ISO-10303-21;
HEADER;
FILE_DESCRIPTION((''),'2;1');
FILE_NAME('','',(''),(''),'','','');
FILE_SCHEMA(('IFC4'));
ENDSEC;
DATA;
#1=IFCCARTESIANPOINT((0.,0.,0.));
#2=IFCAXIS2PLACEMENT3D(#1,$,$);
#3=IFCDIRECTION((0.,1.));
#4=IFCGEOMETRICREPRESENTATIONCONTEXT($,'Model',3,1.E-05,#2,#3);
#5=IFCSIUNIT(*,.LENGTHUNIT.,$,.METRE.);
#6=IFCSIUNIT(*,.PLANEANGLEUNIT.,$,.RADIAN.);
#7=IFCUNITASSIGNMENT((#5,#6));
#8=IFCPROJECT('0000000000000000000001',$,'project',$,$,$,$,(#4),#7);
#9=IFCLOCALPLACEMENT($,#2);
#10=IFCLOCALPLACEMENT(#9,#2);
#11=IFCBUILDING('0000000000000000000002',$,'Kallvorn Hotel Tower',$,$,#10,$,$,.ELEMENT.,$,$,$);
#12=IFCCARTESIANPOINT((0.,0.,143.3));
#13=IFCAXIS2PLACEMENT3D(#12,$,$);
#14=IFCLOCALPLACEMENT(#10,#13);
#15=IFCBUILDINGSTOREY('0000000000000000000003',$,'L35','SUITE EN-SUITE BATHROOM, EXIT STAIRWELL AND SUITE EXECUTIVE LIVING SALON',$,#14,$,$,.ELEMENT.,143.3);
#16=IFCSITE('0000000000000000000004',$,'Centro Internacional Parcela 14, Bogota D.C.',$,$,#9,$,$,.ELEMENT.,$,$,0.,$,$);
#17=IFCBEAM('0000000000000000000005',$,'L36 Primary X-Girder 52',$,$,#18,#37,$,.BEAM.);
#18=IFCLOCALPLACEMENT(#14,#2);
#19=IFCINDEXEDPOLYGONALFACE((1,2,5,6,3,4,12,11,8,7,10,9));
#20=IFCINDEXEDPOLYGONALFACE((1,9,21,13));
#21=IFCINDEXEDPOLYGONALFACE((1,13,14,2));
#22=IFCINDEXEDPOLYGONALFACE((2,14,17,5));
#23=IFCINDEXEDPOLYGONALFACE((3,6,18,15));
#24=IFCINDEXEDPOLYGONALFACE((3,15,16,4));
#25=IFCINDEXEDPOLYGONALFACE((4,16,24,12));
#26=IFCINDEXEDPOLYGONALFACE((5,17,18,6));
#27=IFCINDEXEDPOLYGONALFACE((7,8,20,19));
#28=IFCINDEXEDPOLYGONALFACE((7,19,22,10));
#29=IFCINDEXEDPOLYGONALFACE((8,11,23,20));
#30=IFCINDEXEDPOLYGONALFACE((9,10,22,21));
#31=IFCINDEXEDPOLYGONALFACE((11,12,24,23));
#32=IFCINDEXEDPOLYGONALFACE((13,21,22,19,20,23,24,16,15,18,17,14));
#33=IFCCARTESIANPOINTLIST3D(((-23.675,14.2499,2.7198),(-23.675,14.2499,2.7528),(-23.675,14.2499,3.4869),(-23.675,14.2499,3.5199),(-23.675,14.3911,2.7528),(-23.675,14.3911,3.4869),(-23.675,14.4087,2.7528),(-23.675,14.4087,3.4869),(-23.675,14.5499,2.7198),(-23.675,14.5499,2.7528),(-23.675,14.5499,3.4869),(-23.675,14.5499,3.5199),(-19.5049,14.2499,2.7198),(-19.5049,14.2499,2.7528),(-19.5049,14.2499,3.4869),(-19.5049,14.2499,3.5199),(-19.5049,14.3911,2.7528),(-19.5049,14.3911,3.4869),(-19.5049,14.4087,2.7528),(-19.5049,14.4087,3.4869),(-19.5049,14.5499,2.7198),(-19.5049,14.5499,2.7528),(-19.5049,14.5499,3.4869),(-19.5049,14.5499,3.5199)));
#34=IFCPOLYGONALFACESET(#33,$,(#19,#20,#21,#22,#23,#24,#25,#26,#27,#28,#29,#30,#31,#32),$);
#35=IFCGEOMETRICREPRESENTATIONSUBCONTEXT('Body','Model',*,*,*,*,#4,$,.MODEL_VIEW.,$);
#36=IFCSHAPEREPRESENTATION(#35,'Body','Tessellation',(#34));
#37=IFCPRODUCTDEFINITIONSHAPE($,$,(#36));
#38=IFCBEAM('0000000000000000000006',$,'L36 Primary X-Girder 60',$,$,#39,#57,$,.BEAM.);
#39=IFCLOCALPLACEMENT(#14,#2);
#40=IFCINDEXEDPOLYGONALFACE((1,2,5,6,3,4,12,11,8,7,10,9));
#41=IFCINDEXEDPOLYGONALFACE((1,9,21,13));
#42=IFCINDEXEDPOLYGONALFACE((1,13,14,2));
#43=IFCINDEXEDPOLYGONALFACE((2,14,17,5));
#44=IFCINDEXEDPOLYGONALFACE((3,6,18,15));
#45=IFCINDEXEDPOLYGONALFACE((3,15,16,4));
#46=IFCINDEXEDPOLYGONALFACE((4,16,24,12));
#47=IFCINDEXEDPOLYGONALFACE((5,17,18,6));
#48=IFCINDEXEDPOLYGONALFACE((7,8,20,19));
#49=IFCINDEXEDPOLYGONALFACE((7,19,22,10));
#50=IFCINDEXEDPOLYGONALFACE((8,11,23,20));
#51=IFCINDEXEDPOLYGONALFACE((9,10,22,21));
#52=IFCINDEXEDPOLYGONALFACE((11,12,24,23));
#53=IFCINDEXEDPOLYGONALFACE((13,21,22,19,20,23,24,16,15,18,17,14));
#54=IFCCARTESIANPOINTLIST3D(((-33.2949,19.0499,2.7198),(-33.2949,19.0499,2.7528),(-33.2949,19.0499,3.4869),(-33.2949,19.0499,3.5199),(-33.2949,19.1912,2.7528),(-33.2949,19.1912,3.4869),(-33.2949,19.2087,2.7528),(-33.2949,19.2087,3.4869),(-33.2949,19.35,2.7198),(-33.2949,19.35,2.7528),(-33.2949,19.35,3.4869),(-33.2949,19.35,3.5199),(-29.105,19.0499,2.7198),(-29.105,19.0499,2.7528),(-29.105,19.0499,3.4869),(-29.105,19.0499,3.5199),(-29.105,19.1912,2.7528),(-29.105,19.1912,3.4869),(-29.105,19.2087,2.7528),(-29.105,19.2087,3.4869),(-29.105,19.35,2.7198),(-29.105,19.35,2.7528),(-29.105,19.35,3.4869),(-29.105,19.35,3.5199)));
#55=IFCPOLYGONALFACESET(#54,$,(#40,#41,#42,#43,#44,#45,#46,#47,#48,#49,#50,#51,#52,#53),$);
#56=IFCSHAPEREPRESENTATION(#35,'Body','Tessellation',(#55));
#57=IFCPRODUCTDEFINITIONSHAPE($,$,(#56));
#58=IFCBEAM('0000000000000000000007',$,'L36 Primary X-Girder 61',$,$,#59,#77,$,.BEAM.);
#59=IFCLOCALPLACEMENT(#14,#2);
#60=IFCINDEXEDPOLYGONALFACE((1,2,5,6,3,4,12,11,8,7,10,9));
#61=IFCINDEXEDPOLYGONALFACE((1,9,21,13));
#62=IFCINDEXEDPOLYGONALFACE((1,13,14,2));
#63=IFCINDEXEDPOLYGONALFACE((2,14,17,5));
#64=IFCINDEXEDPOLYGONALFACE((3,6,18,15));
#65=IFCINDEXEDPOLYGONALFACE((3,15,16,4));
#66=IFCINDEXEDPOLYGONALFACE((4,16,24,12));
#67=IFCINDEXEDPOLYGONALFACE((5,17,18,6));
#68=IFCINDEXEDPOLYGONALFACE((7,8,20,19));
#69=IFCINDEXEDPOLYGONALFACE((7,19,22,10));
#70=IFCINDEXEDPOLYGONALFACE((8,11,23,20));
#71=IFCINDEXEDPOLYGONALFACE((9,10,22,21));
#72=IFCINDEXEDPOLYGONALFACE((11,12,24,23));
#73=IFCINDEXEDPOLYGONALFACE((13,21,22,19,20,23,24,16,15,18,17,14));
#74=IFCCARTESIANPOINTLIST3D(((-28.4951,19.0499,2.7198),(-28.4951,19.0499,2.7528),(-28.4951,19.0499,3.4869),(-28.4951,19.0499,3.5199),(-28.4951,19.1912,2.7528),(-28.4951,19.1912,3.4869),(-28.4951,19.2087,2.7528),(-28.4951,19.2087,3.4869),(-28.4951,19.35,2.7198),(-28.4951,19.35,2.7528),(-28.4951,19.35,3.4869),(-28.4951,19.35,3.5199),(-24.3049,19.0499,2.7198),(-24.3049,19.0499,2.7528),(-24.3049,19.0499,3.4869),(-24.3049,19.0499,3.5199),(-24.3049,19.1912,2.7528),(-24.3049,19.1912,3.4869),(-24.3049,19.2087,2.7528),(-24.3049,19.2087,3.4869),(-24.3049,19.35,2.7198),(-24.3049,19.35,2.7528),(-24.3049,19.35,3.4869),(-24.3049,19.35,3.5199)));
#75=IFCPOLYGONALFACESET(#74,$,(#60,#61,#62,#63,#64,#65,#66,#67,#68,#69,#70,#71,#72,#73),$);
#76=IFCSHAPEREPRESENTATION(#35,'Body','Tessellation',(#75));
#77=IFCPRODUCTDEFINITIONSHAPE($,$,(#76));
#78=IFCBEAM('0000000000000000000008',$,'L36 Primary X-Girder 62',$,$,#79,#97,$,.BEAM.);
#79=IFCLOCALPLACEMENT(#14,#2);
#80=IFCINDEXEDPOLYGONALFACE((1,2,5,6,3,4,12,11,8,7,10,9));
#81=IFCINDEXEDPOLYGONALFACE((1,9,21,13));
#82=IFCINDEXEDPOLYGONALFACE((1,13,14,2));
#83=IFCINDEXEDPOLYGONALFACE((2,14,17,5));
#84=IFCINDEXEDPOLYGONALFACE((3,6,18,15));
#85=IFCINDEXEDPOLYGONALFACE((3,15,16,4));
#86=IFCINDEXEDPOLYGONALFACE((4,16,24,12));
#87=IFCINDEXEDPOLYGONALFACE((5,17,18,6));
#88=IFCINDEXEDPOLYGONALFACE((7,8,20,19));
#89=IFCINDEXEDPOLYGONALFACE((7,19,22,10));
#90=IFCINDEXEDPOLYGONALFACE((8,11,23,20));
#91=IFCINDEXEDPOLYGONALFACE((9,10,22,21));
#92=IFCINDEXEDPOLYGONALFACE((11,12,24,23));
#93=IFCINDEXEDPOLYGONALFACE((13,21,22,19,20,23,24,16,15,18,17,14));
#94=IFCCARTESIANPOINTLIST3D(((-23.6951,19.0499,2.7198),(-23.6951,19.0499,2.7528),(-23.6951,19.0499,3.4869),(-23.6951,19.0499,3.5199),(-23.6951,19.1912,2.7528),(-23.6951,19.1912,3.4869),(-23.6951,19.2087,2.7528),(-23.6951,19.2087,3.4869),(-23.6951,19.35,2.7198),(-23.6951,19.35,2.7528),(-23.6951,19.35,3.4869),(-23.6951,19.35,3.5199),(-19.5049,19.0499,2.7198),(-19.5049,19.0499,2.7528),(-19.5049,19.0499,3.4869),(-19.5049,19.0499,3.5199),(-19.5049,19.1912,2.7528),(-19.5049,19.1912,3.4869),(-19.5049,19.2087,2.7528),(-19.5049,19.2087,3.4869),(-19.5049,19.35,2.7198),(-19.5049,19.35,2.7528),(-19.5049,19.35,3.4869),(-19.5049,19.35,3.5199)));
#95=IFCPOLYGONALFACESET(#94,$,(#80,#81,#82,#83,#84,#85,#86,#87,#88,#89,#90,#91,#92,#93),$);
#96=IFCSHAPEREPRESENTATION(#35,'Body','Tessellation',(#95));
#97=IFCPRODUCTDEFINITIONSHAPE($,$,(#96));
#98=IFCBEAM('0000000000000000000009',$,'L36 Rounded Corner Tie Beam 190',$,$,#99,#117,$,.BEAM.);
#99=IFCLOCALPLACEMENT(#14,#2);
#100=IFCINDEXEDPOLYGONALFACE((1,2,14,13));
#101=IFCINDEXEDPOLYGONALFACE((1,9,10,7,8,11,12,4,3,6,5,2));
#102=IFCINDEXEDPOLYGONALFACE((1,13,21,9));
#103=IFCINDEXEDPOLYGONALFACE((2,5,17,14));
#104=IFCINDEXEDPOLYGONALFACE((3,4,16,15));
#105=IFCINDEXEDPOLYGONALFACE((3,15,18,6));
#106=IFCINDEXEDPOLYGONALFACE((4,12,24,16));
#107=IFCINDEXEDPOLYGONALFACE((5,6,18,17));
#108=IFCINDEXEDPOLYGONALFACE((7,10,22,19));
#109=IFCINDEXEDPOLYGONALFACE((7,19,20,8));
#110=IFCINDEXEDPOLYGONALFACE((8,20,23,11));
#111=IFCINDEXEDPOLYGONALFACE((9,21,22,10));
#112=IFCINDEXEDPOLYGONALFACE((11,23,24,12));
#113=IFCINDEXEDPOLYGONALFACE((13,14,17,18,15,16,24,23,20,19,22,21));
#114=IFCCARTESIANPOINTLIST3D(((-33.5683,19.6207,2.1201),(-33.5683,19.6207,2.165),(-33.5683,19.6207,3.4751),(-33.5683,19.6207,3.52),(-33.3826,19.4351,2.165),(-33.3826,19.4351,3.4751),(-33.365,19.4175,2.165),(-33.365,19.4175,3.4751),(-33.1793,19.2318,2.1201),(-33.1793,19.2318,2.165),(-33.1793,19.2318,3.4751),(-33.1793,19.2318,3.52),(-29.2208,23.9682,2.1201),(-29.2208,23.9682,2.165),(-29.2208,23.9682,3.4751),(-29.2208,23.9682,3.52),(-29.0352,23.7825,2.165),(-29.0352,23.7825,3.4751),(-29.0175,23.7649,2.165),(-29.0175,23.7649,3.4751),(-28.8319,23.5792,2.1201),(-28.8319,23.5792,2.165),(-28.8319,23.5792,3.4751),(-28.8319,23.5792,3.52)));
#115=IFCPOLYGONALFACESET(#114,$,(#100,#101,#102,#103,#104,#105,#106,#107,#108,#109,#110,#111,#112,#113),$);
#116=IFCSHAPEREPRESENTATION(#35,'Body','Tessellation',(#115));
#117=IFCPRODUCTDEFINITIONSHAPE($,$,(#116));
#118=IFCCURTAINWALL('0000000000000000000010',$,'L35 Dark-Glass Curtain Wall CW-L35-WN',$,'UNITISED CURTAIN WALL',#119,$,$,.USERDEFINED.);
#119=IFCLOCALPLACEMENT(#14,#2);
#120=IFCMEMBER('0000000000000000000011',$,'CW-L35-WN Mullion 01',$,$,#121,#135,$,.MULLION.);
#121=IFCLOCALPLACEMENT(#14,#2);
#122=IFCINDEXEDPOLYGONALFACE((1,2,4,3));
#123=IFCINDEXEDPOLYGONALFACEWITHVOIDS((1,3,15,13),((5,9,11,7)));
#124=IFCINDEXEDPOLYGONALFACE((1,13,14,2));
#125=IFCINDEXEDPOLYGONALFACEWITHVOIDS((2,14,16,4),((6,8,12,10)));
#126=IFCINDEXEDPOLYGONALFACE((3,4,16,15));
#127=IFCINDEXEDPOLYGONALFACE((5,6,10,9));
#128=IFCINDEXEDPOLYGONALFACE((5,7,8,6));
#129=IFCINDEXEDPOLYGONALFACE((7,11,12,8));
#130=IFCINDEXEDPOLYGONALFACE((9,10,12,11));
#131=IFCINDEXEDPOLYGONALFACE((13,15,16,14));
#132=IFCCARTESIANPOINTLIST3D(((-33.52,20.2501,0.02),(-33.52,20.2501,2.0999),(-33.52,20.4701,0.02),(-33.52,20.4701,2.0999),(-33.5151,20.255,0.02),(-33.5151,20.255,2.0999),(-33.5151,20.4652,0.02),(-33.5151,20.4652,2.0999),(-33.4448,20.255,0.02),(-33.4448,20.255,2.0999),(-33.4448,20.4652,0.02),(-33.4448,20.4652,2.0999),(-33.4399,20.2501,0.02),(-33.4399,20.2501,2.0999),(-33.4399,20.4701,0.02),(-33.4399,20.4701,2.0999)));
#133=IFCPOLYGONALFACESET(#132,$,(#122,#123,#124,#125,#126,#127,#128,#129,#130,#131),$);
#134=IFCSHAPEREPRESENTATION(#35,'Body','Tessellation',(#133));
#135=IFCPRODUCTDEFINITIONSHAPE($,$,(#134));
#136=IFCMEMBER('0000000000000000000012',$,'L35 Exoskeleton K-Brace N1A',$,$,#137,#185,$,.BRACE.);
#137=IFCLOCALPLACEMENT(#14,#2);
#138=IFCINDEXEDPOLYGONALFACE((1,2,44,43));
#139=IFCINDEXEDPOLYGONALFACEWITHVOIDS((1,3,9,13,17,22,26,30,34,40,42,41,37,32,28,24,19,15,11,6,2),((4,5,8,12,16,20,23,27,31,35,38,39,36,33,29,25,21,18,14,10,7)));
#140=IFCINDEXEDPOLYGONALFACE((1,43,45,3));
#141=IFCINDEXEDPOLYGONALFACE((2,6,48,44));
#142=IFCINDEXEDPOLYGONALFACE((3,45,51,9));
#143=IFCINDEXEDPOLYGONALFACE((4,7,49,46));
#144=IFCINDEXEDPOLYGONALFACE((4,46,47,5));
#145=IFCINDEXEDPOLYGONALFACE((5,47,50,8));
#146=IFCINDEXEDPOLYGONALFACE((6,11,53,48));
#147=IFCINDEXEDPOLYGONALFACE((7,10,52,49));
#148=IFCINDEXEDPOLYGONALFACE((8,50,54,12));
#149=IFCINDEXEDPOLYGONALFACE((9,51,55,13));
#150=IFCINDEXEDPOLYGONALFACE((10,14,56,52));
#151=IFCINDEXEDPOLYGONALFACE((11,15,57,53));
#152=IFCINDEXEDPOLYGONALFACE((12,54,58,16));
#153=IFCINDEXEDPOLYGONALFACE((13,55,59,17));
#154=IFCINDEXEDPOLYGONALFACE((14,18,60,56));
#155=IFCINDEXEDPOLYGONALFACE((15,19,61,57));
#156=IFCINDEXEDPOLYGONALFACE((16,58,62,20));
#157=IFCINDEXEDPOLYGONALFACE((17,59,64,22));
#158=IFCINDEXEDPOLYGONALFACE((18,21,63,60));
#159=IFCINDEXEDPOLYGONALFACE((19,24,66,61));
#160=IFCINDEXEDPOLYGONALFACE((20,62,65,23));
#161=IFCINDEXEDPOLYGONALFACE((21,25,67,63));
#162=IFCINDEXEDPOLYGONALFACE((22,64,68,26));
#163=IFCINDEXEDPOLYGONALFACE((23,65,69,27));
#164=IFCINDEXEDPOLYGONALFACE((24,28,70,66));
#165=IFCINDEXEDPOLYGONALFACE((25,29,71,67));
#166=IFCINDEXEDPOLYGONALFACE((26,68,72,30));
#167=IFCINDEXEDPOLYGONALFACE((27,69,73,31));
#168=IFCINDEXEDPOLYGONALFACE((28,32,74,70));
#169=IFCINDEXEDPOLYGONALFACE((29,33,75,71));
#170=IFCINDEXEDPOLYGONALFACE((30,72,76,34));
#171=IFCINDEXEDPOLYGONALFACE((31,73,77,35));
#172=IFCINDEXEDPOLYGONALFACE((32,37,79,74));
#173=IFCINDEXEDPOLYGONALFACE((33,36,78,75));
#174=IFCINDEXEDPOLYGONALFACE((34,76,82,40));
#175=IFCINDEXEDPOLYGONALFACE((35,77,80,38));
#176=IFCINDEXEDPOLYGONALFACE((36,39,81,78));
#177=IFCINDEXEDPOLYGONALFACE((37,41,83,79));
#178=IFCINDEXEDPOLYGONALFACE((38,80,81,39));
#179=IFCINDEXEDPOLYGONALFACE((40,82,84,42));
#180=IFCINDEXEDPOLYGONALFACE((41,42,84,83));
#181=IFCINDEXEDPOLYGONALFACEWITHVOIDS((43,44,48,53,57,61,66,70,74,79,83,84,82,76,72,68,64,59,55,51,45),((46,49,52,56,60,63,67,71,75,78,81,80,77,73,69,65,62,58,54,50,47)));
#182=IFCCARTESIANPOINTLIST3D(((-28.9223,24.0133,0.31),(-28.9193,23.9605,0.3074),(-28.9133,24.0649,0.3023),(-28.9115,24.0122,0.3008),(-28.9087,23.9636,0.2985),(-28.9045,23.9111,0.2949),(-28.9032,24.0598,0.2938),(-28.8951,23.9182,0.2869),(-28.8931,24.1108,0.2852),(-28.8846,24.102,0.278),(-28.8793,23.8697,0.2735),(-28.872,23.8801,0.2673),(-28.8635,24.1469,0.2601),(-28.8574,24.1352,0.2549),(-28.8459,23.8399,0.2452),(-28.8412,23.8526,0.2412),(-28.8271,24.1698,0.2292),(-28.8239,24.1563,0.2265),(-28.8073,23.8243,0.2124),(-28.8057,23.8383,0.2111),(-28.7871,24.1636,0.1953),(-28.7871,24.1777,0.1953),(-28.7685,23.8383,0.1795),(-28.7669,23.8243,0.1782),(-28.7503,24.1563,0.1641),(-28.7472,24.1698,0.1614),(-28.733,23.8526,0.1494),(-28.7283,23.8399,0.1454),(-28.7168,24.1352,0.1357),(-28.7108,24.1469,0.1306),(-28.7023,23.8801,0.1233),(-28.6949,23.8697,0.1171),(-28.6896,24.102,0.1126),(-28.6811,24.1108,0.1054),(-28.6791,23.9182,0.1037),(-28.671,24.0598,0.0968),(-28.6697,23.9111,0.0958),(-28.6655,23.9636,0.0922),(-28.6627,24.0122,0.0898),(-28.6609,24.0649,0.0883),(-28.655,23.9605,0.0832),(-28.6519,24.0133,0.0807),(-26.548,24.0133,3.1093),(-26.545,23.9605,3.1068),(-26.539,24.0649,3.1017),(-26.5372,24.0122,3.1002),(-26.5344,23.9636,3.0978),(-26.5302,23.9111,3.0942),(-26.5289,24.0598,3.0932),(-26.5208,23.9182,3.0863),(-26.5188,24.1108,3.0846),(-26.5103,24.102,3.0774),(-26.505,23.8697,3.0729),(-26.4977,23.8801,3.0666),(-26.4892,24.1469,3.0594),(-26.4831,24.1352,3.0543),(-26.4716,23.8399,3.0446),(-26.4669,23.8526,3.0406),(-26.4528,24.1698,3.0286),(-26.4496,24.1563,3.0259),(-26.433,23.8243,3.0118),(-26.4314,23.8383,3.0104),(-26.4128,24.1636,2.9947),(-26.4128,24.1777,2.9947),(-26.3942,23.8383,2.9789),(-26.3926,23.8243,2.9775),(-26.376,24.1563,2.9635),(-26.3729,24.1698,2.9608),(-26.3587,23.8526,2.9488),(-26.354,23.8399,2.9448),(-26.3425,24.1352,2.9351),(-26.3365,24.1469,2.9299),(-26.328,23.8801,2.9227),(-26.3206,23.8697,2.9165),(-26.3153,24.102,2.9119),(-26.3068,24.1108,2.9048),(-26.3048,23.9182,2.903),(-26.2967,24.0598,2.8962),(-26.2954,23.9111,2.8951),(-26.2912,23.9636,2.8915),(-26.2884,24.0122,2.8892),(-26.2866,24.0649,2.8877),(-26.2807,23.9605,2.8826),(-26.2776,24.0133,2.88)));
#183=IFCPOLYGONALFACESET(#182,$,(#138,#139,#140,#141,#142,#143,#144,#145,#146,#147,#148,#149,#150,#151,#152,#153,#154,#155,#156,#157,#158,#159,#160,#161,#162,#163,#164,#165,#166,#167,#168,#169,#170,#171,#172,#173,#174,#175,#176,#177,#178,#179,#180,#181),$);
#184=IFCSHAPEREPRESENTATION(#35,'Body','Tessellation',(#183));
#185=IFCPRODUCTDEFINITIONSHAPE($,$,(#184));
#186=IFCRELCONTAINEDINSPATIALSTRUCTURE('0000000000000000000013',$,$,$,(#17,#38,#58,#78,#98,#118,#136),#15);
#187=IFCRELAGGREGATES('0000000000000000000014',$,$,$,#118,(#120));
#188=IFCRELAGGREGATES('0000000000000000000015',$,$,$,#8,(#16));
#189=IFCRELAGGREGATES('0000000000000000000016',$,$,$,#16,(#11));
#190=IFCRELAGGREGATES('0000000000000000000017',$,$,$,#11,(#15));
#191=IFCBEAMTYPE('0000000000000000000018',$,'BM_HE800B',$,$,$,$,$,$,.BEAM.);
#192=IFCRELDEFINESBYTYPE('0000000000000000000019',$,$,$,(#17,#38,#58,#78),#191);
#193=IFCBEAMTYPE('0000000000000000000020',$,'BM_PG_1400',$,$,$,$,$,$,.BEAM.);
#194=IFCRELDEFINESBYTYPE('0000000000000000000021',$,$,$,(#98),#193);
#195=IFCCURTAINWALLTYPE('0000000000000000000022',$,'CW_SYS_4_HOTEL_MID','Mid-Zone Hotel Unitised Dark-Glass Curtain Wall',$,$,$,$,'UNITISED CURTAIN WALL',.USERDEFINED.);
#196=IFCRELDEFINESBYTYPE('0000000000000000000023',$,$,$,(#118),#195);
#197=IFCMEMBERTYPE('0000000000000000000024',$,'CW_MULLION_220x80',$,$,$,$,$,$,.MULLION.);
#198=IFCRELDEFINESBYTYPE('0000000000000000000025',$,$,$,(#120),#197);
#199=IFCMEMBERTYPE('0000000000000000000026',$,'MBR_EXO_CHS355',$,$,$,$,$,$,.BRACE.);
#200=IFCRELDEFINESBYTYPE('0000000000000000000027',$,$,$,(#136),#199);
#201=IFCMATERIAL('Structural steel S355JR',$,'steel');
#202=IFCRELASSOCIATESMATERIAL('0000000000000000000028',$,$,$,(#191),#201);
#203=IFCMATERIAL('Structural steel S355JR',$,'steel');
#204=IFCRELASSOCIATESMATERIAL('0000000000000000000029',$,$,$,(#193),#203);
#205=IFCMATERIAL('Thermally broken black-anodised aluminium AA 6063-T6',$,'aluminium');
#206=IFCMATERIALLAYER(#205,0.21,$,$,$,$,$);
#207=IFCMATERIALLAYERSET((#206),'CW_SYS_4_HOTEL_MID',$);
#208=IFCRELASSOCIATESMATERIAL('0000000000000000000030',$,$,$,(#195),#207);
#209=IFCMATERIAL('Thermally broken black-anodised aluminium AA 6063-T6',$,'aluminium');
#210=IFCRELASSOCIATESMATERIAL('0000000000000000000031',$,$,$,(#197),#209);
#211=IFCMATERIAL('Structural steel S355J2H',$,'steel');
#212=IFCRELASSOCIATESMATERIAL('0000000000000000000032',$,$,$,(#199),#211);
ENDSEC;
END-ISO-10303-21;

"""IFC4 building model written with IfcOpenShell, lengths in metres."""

from ifc_helpers import new_model, si_unit, direction, frame, origin, origin_2d, place, context, subcontext, project, spatial, hollow_rectangle, hollow_circle, i_section, extrude, material, layer, layer_set, material_profile, profile_set, type_object, element, aggregate, save


model = new_model("IFC4")

# Units and contexts
model_context = context("Model", 3, precision=1e-05, world=origin(), true_north=direction((0.0, 1.0)))
body_context = subcontext(model_context, "Body", "Model", "MODEL_VIEW")
ifc_project = project(units=[si_unit("LENGTHUNIT", "METRE"), si_unit("PLANEANGLEUNIT", "RADIAN")], contexts=[model_context])

# Site, building, storey
site_placement = place(None, origin())
site = spatial("IfcSite", under=ifc_project, at=site_placement, Name="Centro Internacional Parcela 14, Bogota D.C.", CompositionType="ELEMENT", RefElevation=0.0)
building_placement = place(site_placement, origin())
building = spatial("IfcBuilding", under=site, at=building_placement, Name="Kallvorn Hotel Tower", CompositionType="ELEMENT")
storey_placement = place(building_placement, frame((0.0, 0.0, 143.3)))
storey = spatial("IfcBuildingStorey", under=building, at=storey_placement, Name="L35", Description="SUITE EN-SUITE BATHROOM, EXIT STAIRWELL AND SUITE EXECUTIVE LIVING SALON", CompositionType="ELEMENT", Elevation=143.3)

# Beams
ifc_material_1 = material(Name="Structural steel S355JR", Category="steel")
ifc_material_profile_1 = material_profile(ifc_material_1, i_section(OverallWidth=0.3, OverallDepth=0.8, WebThickness=0.0176, FlangeThickness=0.033, at=origin_2d()), Name="HE 800 B")
ifc_profile_set_1 = profile_set([ifc_material_profile_1], Name="Structural steel S355JR")
beam_type_1 = type_object("IfcBeamType", Name="BM_HE800B", PredefinedType="BEAM", material=ifc_profile_set_1)
beam_1_placement = place(storey_placement, frame((-23.675, 14.3999, 3.1199), z_axis=(1.0, 0.0, 0.0), x_axis=(0.0, 1.0, 0.0)))
element("IfcBeam", 1, at=beam_1_placement, inside=storey, type_object=beam_type_1, Name="L36 Primary X-Girder 52", PredefinedType="BEAM", context=body_context, shape_type="SweptSolid", body=[
    extrude(i_section(OverallWidth=0.3, OverallDepth=0.8, WebThickness=0.0176, FlangeThickness=0.033, at=origin_2d()), origin(), (0.0, 0.0, 1.0), 4.1702),
])
beam_2_placement = place(storey_placement, frame((-33.2949, 19.2, 3.1199), z_axis=(1.0, 0.0, 0.0), x_axis=(0.0, 1.0, 0.0)))
element("IfcBeam", 2, at=beam_2_placement, inside=storey, type_object=beam_type_1, Name="L36 Primary X-Girder 60", PredefinedType="BEAM", context=body_context, shape_type="SweptSolid", body=[
    extrude(i_section(OverallWidth=0.3, OverallDepth=0.8, WebThickness=0.0176, FlangeThickness=0.033, at=origin_2d()), origin(), (0.0, 0.0, 1.0), 4.1899),
])
for number, where, z_axis, x_axis, name in (
    (3, (-28.4951, 19.2, 3.1199), (1.0, 0.0, 0.0), (0.0, 1.0, 0.0), "L36 Primary X-Girder 61"),
    (4, (-23.6951, 19.2, 3.1199), (1.0, 0.0, 0.0), (0.0, 1.0, 0.0), "L36 Primary X-Girder 62"),
):
    element("IfcBeam", number, at=place(storey_placement, frame(where, z_axis=z_axis, x_axis=x_axis)), inside=storey, type_object=beam_type_1, Name=name, PredefinedType="BEAM", context=body_context, shape_type="SweptSolid", body=[
        extrude(i_section(OverallWidth=0.3, OverallDepth=0.8, WebThickness=0.0176, FlangeThickness=0.033, at=origin_2d()), origin(), (0.0, 0.0, 1.0), 4.1902),
    ])
ifc_material_2 = material(Name="Structural steel S355JR", Category="steel")
ifc_material_profile_2 = material_profile(ifc_material_2, i_section(OverallWidth=0.55, OverallDepth=1.3999, WebThickness=0.0249, FlangeThickness=0.0449, at=origin_2d()), Name="PG 1400x550x25x45")
ifc_profile_set_2 = profile_set([ifc_material_profile_2], Name="Structural steel S355JR")
beam_type_2 = type_object("IfcBeamType", Name="BM_PG_1400", PredefinedType="BEAM", material=ifc_profile_set_2)
beam_3_placement = place(storey_placement, frame((-33.3738, 19.4263, 2.8201), z_axis=(0.707107, 0.707107, 0.0), x_axis=(-0.707107, 0.707107, 0.0)))
element("IfcBeam", 5, at=beam_3_placement, inside=storey, type_object=beam_type_2, Name="L36 Rounded Corner Tie Beam 190", PredefinedType="BEAM", context=body_context, shape_type="SweptSolid", body=[
    extrude(i_section(OverallWidth=0.55, OverallDepth=1.3999, WebThickness=0.0249, FlangeThickness=0.0449, at=origin_2d()), origin(), (0.0, 0.0, 1.0), 6.1482),
])

# Curtain wall, member
ifc_material_3 = material(Name="Thermally broken black-anodised aluminium AA 6063-T6", Category="aluminium")
ifc_layer_1 = layer(ifc_material_3, 0.21)
ifc_layer_set_1 = layer_set([ifc_layer_1], Name="CW_SYS_4_HOTEL_MID")
curtain_wall_type = type_object("IfcCurtainWallType", Name="CW_SYS_4_HOTEL_MID", Description="Mid-Zone Hotel Unitised Dark-Glass Curtain Wall", ElementType="UNITISED CURTAIN WALL", PredefinedType="USERDEFINED", material=ifc_layer_set_1)
curtain_wall_placement = place(storey_placement, origin())
curtain_wall = element("IfcCurtainWall", 6, at=curtain_wall_placement, inside=storey, type_object=curtain_wall_type, Name="L35 Dark-Glass Curtain Wall CW-L35-WN", ObjectType="UNITISED CURTAIN WALL", PredefinedType="USERDEFINED")
ifc_material_4 = material(Name="Thermally broken black-anodised aluminium AA 6063-T6", Category="aluminium")
ifc_material_profile_3 = material_profile(ifc_material_4, hollow_rectangle(XDim=0.0801, YDim=0.22, WallThickness=0.0049, at=origin_2d()), Name="MUL 220x80")
ifc_profile_set_3 = profile_set([ifc_material_profile_3], Name="Thermally broken black-anodised aluminium AA 6063-T6")
member_type_1 = type_object("IfcMemberType", Name="CW_MULLION_220x80", PredefinedType="MULLION", material=ifc_profile_set_3)
member_placement = place(storey_placement, frame((-33.48, 20.3601, 0.02), z_axis=(0.0, 0.0, 1.0), x_axis=(1.0, 0.0, 0.0)))
member = element("IfcMember", 7, at=member_placement, type_object=member_type_1, Name="CW-L35-WN Mullion 01", PredefinedType="MULLION", context=body_context, shape_type="SweptSolid", body=[
    extrude(hollow_rectangle(XDim=0.0801, YDim=0.22, WallThickness=0.0049, at=origin_2d()), origin(), (0.0, 0.0, 1.0), 2.0798),
])
aggregate(curtain_wall, [member])

# Member
ifc_material_5 = material(Name="Structural steel S355J2H", Category="steel")
ifc_material_profile_4 = material_profile(ifc_material_5, hollow_circle(Radius=0.1777, WallThickness=0.0142, at=origin_2d()), Name="CHS 355.6x14.2")
ifc_profile_set_4 = profile_set([ifc_material_profile_4], Name="Structural steel S355J2H")
member_type_2 = type_object("IfcMemberType", Name="MBR_EXO_CHS355", PredefinedType="BRACE", material=ifc_profile_set_4)
for number, where, z_axis, x_axis, name in (
    (8, (-28.7871, 24.0, 0.1953), (0.646833, 0.0, 0.762631), (0.0, 1.0, 0.0), "L35 Exoskeleton K-Brace N1A"),
):
    element("IfcMember", number, at=place(storey_placement, frame(where, z_axis=z_axis, x_axis=x_axis)), inside=storey, type_object=member_type_2, Name=name, PredefinedType="BRACE", context=body_context, shape_type="SweptSolid", body=[
        extrude(hollow_circle(Radius=0.1777, WallThickness=0.0142, at=origin_2d()), origin(), (0.0, 0.0, 1.0), 3.6707),
    ])

save(model, "model.ifc")
